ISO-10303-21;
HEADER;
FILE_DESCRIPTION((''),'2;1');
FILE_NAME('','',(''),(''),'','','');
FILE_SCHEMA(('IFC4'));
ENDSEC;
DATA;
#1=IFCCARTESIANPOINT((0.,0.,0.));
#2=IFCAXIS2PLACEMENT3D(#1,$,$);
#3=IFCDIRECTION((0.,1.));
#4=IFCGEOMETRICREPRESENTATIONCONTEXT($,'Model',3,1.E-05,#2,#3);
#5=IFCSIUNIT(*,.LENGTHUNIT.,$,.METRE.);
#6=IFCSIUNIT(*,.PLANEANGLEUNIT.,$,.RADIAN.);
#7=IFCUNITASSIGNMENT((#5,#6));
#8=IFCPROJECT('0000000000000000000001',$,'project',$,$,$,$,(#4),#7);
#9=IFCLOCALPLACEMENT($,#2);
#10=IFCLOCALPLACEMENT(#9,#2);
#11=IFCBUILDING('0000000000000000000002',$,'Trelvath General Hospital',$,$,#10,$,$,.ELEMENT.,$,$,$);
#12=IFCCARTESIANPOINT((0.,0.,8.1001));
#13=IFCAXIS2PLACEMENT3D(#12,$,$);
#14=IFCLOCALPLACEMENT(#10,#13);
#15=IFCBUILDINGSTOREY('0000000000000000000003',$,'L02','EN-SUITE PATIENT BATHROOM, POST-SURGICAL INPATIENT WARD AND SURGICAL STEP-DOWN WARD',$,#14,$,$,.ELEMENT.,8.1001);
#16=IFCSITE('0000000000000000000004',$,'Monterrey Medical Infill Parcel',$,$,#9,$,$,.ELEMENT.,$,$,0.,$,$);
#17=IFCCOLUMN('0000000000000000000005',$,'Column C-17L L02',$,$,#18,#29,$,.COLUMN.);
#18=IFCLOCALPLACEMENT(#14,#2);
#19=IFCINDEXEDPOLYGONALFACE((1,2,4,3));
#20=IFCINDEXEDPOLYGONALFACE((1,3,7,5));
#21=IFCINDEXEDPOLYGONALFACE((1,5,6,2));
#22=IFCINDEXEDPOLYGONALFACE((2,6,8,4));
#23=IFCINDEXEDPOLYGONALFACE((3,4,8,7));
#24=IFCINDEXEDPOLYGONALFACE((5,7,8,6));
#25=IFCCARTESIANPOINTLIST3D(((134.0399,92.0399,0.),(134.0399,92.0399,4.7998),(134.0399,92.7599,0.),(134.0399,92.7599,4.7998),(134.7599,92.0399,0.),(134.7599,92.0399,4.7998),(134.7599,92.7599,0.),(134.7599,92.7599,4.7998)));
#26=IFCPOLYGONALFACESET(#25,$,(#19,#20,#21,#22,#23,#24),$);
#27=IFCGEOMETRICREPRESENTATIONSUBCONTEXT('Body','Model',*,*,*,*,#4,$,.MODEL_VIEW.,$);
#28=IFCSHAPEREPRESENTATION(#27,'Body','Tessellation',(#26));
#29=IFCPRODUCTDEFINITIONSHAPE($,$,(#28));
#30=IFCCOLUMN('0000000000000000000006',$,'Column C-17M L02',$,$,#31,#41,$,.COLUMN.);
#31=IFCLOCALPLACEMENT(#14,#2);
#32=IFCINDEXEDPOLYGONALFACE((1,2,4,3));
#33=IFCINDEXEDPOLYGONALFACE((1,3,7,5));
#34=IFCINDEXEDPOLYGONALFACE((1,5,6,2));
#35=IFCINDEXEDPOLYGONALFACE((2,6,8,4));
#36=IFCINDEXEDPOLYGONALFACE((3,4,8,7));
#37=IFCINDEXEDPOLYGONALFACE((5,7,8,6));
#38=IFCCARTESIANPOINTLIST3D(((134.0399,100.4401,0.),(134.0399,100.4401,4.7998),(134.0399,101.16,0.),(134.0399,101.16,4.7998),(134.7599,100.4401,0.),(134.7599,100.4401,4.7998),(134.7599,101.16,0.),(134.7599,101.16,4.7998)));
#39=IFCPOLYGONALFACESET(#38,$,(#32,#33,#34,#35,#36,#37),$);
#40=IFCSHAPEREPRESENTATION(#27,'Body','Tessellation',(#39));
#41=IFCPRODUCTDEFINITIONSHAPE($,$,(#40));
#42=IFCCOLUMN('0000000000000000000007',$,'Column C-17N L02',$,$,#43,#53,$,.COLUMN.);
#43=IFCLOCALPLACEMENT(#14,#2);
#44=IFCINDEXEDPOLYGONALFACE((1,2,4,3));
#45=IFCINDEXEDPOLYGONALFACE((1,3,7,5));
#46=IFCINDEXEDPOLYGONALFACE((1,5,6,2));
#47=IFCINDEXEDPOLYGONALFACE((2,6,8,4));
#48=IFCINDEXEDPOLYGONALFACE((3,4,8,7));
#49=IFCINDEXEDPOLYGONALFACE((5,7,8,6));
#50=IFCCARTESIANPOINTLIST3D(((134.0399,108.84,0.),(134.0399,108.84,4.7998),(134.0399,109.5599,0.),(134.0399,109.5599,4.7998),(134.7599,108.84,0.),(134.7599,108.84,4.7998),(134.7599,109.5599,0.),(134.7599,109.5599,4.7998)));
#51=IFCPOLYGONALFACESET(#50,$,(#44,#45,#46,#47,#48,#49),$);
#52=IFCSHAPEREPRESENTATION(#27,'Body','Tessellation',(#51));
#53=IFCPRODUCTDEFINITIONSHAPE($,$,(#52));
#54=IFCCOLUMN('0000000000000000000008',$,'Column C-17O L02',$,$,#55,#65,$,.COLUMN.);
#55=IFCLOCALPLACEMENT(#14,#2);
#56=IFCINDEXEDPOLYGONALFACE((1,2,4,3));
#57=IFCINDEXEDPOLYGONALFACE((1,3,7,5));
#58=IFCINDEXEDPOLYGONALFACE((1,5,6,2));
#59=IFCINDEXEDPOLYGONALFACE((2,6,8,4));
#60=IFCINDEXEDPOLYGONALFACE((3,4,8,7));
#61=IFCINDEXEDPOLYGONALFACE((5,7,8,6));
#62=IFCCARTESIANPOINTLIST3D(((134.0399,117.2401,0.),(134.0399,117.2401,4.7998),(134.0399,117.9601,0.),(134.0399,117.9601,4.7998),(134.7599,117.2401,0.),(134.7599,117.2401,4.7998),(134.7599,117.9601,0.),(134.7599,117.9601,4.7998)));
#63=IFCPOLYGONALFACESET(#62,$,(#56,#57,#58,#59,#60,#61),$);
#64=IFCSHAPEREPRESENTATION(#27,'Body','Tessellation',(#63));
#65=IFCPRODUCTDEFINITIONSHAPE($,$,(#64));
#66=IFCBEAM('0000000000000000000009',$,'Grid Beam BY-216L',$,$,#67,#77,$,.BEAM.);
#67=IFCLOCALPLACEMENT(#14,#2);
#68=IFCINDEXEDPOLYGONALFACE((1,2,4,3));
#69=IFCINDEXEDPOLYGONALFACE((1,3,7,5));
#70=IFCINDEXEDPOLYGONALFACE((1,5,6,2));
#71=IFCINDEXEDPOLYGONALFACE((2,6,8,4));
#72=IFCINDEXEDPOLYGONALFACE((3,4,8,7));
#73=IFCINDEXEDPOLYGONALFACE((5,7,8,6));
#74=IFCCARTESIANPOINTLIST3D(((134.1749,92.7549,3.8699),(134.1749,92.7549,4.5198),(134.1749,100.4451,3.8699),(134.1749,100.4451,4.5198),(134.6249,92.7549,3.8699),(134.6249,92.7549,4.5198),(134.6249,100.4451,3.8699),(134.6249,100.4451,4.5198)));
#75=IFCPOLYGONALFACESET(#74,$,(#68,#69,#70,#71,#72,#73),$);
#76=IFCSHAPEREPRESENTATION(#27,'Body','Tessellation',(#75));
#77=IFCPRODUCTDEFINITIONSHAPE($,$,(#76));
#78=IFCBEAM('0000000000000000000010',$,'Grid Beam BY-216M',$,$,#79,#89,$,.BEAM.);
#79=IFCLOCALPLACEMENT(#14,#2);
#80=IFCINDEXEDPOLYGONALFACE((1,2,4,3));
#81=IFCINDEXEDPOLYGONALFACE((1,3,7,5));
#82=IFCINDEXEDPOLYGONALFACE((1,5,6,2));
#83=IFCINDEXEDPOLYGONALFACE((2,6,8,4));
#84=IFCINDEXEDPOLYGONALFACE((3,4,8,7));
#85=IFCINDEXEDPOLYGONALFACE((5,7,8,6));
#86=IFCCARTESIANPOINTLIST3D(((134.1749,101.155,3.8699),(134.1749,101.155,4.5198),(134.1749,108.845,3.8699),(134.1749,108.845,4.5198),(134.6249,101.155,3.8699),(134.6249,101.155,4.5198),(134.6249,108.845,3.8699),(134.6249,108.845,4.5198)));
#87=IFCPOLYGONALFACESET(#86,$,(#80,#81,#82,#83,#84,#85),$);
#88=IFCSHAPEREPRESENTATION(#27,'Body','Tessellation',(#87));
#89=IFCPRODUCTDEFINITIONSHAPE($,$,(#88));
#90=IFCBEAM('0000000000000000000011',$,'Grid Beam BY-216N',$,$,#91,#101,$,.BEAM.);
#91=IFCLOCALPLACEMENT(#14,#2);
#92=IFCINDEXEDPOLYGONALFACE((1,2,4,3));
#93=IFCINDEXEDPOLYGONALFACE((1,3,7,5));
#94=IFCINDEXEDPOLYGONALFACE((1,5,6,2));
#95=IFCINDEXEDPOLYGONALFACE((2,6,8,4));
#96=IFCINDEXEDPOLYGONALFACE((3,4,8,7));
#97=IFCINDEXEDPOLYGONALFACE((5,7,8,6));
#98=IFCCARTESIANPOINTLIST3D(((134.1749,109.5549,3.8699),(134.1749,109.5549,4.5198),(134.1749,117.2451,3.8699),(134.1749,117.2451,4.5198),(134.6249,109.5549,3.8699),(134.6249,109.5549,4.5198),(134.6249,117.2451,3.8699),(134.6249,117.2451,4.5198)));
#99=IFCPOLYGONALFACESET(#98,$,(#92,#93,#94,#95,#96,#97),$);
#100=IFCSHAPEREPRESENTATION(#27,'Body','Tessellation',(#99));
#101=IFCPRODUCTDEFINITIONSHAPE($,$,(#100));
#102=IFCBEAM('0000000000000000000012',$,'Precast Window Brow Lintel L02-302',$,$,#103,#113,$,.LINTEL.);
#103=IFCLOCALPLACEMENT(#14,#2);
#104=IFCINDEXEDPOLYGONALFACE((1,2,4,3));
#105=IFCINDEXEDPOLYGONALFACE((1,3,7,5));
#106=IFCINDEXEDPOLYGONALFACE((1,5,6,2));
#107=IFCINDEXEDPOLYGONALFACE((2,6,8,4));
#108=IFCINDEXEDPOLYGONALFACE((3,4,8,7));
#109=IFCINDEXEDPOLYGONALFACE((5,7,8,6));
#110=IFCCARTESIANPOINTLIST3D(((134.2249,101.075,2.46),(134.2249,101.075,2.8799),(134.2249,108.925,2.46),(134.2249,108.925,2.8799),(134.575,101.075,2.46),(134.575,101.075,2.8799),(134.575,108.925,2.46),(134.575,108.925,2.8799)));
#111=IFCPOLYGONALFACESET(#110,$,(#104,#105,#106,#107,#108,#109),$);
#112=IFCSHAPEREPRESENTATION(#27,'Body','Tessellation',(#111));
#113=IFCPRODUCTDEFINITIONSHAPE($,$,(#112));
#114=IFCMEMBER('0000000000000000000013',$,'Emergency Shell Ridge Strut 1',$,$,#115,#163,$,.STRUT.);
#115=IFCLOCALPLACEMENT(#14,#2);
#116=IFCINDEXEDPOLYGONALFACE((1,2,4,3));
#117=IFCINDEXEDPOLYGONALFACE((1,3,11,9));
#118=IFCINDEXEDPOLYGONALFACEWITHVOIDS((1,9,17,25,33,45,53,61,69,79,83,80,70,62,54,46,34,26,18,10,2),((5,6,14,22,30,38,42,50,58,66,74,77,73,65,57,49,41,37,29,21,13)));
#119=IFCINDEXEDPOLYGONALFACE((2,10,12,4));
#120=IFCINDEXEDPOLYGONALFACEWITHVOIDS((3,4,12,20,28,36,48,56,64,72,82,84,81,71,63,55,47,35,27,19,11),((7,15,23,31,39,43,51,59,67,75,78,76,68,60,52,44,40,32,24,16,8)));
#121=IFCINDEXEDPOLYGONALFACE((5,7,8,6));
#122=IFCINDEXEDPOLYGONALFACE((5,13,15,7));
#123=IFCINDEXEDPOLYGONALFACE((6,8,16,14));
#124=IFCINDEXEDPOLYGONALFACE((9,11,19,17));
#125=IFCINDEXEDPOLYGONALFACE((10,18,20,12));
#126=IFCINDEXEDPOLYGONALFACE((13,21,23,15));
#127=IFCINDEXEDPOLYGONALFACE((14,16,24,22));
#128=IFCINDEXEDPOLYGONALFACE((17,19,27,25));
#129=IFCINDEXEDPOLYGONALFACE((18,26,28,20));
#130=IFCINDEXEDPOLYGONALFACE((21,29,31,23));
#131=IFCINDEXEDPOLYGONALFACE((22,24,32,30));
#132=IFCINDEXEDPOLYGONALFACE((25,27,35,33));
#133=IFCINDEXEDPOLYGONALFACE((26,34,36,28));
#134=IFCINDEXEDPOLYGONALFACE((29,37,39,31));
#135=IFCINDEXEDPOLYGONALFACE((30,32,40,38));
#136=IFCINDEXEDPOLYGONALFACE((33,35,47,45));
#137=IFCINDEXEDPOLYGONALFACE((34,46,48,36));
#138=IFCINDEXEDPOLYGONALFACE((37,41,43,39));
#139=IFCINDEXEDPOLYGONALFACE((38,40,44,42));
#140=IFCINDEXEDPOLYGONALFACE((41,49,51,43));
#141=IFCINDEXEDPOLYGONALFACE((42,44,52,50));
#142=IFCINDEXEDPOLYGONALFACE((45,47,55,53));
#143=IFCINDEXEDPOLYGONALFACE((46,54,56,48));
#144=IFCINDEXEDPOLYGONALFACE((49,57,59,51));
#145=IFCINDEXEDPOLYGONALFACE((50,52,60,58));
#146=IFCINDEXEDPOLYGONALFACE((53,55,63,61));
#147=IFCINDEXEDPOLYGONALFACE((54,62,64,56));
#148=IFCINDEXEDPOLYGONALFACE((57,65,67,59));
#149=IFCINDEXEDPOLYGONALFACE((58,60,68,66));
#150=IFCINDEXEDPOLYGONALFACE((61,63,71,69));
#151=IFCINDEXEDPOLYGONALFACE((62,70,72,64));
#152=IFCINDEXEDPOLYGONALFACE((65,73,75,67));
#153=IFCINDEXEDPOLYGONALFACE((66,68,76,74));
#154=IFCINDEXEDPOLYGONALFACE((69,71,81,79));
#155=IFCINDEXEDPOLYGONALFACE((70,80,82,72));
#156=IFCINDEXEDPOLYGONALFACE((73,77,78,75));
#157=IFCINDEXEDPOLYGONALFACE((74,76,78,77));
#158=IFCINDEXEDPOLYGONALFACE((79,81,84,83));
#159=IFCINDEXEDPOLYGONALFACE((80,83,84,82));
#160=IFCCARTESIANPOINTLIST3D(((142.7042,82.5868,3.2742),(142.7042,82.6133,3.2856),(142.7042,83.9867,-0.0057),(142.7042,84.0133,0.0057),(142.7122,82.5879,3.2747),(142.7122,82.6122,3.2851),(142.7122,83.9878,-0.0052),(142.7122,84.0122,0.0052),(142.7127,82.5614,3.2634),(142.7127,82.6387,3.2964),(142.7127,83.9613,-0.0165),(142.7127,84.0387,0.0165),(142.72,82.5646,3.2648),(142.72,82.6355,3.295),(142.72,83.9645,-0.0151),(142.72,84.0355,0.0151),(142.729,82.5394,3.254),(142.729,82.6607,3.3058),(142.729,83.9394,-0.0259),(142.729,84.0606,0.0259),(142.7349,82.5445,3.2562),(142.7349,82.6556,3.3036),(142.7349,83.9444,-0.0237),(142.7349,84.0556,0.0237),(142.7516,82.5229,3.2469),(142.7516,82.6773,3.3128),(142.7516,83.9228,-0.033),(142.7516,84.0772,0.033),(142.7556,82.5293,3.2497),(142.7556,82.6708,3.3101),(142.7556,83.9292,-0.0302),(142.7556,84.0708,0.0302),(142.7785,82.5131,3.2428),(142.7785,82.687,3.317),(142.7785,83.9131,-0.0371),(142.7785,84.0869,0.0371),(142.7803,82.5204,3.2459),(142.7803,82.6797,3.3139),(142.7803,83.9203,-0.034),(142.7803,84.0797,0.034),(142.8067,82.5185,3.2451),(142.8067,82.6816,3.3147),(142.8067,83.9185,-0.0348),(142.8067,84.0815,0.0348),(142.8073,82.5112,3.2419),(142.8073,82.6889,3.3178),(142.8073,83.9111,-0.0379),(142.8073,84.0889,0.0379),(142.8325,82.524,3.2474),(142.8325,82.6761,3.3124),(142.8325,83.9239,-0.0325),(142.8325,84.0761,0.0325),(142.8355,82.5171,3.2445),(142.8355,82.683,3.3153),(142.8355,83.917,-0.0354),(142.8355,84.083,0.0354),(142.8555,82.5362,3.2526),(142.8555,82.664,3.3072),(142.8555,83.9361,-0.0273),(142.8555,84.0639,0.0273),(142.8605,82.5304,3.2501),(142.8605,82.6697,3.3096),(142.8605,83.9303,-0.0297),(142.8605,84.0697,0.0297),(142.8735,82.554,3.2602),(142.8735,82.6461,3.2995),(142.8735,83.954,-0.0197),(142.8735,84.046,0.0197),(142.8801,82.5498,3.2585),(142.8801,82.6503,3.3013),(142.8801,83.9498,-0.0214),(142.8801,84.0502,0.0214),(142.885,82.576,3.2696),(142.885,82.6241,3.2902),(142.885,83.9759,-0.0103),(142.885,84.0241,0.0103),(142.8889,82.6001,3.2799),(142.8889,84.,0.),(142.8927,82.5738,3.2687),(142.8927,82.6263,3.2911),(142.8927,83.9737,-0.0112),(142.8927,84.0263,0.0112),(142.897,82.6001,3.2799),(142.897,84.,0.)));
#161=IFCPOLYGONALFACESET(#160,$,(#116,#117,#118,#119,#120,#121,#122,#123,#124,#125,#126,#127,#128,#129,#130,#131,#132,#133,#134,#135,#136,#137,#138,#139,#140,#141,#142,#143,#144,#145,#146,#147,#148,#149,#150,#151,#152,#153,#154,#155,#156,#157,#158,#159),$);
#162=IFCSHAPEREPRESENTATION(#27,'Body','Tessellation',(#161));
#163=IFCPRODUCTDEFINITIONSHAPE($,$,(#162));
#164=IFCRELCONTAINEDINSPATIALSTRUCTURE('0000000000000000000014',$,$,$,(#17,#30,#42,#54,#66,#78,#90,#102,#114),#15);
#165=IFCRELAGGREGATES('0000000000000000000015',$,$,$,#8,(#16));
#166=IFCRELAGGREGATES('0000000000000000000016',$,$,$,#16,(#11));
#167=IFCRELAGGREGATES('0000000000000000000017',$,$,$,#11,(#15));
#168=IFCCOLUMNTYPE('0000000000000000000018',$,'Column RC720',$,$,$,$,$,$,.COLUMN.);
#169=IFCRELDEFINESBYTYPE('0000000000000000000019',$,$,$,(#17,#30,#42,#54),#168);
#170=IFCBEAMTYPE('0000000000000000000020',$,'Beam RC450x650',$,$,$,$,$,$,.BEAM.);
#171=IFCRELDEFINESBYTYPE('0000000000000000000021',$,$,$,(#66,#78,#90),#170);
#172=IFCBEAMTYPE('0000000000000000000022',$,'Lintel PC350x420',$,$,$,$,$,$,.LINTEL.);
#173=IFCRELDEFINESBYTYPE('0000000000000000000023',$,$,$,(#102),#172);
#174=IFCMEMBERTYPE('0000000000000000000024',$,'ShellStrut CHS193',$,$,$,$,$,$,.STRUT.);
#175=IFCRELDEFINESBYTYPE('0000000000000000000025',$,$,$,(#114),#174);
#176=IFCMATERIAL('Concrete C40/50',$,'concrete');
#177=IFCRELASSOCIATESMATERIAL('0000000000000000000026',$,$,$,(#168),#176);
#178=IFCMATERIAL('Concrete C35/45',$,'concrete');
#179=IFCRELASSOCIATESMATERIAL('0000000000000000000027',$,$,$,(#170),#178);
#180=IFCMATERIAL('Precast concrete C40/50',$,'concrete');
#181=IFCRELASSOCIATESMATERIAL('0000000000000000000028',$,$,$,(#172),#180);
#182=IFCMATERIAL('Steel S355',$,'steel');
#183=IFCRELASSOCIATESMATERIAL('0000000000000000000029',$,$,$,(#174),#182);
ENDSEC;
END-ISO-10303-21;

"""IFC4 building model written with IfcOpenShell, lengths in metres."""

from ifc_helpers import new_model, si_unit, direction, frame, origin, origin_2d, place, context, subcontext, project, spatial, rectangle, hollow_circle, extrude, material, material_profile, profile_set, type_object, element, save


model = new_model("IFC4")

# Units and contexts
model_context = context("Model", 3, precision=1e-05, world=origin(), true_north=direction((0.0, 1.0)))
body_context = subcontext(model_context, "Body", "Model", "MODEL_VIEW")
ifc_project = project(units=[si_unit("LENGTHUNIT", "METRE"), si_unit("PLANEANGLEUNIT", "RADIAN")], contexts=[model_context])

# Site, building, storey
site_placement = place(None, origin())
site = spatial("IfcSite", under=ifc_project, at=site_placement, Name="Monterrey Medical Infill Parcel", CompositionType="ELEMENT", RefElevation=0.0)
building_placement = place(site_placement, origin())
building = spatial("IfcBuilding", under=site, at=building_placement, Name="Trelvath General Hospital", CompositionType="ELEMENT")
storey_placement = place(building_placement, frame((0.0, 0.0, 8.1001)))
storey = spatial("IfcBuildingStorey", under=building, at=storey_placement, Name="L02", Description="EN-SUITE PATIENT BATHROOM, POST-SURGICAL INPATIENT WARD AND SURGICAL STEP-DOWN WARD", CompositionType="ELEMENT", Elevation=8.1001)

# Columns
ifc_material_1 = material(Name="Concrete C40/50", Category="concrete")
ifc_material_profile_1 = material_profile(ifc_material_1, rectangle(XDim=0.72, YDim=0.72, at=origin_2d()), Name="RC720x720")
ifc_profile_set_1 = profile_set([ifc_material_profile_1], Name="Concrete C40/50")
column_type = type_object("IfcColumnType", Name="Column RC720", PredefinedType="COLUMN", material=ifc_profile_set_1)
for number, where, z_axis, x_axis, name in (
    (1, (134.3999, 92.3999, 0.0), (0.0, 0.0, 1.0), (1.0, 0.0, 0.0), "Column C-17L L02"),
    (2, (134.3999, 100.8, 0.0), (0.0, 0.0, 1.0), (1.0, 0.0, 0.0), "Column C-17M L02"),
    (3, (134.3999, 109.2, 0.0), (0.0, 0.0, 1.0), (1.0, 0.0, 0.0), "Column C-17N L02"),
    (4, (134.3999, 117.6001, 0.0), (0.0, 0.0, 1.0), (1.0, 0.0, 0.0), "Column C-17O L02"),
):
    element("IfcColumn", number, at=place(storey_placement, frame(where, z_axis=z_axis, x_axis=x_axis)), inside=storey, type_object=column_type, Name=name, PredefinedType="COLUMN", context=body_context, shape_type="SweptSolid", body=[
        extrude(rectangle(XDim=0.72, YDim=0.72, at=origin_2d()), origin(), (0.0, 0.0, 1.0), 4.7998),
    ])

# Beams
ifc_material_2 = material(Name="Concrete C35/45", Category="concrete")
ifc_material_profile_2 = material_profile(ifc_material_2, rectangle(XDim=0.45, YDim=0.6499, at=origin_2d()), Name="RCB450x650")
ifc_profile_set_2 = profile_set([ifc_material_profile_2], Name="Concrete C35/45")
beam_type_1 = type_object("IfcBeamType", Name="Beam RC450x650", PredefinedType="BEAM", material=ifc_profile_set_2)
beam_1_placement = place(storey_placement, frame((134.3999, 92.7549, 4.1948), z_axis=(0.0, 1.0, 0.0), x_axis=(-1.0, 0.0, 0.0)))
element("IfcBeam", 5, at=beam_1_placement, inside=storey, type_object=beam_type_1, Name="Grid Beam BY-216L", PredefinedType="BEAM", context=body_context, shape_type="SweptSolid", body=[
    extrude(rectangle(XDim=0.45, YDim=0.6499, at=origin_2d()), origin(), (0.0, 0.0, 1.0), 7.6902),
])
beam_2_placement = place(storey_placement, frame((134.3999, 101.155, 4.1948), z_axis=(0.0, 1.0, 0.0), x_axis=(-1.0, 0.0, 0.0)))
element("IfcBeam", 6, at=beam_2_placement, inside=storey, type_object=beam_type_1, Name="Grid Beam BY-216M", PredefinedType="BEAM", context=body_context, shape_type="SweptSolid", body=[
    extrude(rectangle(XDim=0.45, YDim=0.6499, at=origin_2d()), origin(), (0.0, 0.0, 1.0), 7.6899),
])
beam_3_placement = place(storey_placement, frame((134.3999, 109.5549, 4.1948), z_axis=(0.0, 1.0, 0.0), x_axis=(-1.0, 0.0, 0.0)))
element("IfcBeam", 7, at=beam_3_placement, inside=storey, type_object=beam_type_1, Name="Grid Beam BY-216N", PredefinedType="BEAM", context=body_context, shape_type="SweptSolid", body=[
    extrude(rectangle(XDim=0.45, YDim=0.6499, at=origin_2d()), origin(), (0.0, 0.0, 1.0), 7.6902),
])
ifc_material_3 = material(Name="Precast concrete C40/50", Category="concrete")
ifc_material_profile_3 = material_profile(ifc_material_3, rectangle(XDim=0.3501, YDim=0.4199, at=origin_2d()), Name="PCL350x420")
ifc_profile_set_3 = profile_set([ifc_material_profile_3], Name="Precast concrete C40/50")
beam_type_2 = type_object("IfcBeamType", Name="Lintel PC350x420", PredefinedType="LINTEL", material=ifc_profile_set_3)
beam_4_placement = place(storey_placement, frame((134.3999, 108.925, 2.6699), z_axis=(0.0, -1.0, 0.0), x_axis=(1.0, 0.0, 0.0)))
element("IfcBeam", 8, at=beam_4_placement, inside=storey, type_object=beam_type_2, Name="Precast Window Brow Lintel L02-302", PredefinedType="LINTEL", context=body_context, shape_type="SweptSolid", body=[
    extrude(rectangle(XDim=0.3501, YDim=0.4199, at=origin_2d()), origin(), (0.0, 0.0, 1.0), 7.8501),
])

# Member
ifc_material_4 = material(Name="Steel S355", Category="steel")
ifc_material_profile_4 = material_profile(ifc_material_4, hollow_circle(Radius=0.0969, WallThickness=0.0081, at=origin_2d()), Name="CHS193.7x8.0")
ifc_profile_set_4 = profile_set([ifc_material_profile_4], Name="Steel S355")
member_type = type_object("IfcMemberType", Name="ShellStrut CHS193", PredefinedType="STRUT", material=ifc_profile_set_4)
member_1_placement = place(storey_placement, frame((142.8, 84.0, 0.0), z_axis=(0.0, -0.392564, 0.919725), x_axis=(1.0, 0.0, 0.0)))
element("IfcMember", 9, at=member_1_placement, inside=storey, type_object=member_type, Name="Emergency Shell Ridge Strut 1", PredefinedType="STRUT", context=body_context, shape_type="SweptSolid", body=[
    extrude(hollow_circle(Radius=0.0969, WallThickness=0.0081, at=origin_2d()), origin(), (0.0, 0.0, 1.0), 3.5662),
])

save(model, "model.ifc")
